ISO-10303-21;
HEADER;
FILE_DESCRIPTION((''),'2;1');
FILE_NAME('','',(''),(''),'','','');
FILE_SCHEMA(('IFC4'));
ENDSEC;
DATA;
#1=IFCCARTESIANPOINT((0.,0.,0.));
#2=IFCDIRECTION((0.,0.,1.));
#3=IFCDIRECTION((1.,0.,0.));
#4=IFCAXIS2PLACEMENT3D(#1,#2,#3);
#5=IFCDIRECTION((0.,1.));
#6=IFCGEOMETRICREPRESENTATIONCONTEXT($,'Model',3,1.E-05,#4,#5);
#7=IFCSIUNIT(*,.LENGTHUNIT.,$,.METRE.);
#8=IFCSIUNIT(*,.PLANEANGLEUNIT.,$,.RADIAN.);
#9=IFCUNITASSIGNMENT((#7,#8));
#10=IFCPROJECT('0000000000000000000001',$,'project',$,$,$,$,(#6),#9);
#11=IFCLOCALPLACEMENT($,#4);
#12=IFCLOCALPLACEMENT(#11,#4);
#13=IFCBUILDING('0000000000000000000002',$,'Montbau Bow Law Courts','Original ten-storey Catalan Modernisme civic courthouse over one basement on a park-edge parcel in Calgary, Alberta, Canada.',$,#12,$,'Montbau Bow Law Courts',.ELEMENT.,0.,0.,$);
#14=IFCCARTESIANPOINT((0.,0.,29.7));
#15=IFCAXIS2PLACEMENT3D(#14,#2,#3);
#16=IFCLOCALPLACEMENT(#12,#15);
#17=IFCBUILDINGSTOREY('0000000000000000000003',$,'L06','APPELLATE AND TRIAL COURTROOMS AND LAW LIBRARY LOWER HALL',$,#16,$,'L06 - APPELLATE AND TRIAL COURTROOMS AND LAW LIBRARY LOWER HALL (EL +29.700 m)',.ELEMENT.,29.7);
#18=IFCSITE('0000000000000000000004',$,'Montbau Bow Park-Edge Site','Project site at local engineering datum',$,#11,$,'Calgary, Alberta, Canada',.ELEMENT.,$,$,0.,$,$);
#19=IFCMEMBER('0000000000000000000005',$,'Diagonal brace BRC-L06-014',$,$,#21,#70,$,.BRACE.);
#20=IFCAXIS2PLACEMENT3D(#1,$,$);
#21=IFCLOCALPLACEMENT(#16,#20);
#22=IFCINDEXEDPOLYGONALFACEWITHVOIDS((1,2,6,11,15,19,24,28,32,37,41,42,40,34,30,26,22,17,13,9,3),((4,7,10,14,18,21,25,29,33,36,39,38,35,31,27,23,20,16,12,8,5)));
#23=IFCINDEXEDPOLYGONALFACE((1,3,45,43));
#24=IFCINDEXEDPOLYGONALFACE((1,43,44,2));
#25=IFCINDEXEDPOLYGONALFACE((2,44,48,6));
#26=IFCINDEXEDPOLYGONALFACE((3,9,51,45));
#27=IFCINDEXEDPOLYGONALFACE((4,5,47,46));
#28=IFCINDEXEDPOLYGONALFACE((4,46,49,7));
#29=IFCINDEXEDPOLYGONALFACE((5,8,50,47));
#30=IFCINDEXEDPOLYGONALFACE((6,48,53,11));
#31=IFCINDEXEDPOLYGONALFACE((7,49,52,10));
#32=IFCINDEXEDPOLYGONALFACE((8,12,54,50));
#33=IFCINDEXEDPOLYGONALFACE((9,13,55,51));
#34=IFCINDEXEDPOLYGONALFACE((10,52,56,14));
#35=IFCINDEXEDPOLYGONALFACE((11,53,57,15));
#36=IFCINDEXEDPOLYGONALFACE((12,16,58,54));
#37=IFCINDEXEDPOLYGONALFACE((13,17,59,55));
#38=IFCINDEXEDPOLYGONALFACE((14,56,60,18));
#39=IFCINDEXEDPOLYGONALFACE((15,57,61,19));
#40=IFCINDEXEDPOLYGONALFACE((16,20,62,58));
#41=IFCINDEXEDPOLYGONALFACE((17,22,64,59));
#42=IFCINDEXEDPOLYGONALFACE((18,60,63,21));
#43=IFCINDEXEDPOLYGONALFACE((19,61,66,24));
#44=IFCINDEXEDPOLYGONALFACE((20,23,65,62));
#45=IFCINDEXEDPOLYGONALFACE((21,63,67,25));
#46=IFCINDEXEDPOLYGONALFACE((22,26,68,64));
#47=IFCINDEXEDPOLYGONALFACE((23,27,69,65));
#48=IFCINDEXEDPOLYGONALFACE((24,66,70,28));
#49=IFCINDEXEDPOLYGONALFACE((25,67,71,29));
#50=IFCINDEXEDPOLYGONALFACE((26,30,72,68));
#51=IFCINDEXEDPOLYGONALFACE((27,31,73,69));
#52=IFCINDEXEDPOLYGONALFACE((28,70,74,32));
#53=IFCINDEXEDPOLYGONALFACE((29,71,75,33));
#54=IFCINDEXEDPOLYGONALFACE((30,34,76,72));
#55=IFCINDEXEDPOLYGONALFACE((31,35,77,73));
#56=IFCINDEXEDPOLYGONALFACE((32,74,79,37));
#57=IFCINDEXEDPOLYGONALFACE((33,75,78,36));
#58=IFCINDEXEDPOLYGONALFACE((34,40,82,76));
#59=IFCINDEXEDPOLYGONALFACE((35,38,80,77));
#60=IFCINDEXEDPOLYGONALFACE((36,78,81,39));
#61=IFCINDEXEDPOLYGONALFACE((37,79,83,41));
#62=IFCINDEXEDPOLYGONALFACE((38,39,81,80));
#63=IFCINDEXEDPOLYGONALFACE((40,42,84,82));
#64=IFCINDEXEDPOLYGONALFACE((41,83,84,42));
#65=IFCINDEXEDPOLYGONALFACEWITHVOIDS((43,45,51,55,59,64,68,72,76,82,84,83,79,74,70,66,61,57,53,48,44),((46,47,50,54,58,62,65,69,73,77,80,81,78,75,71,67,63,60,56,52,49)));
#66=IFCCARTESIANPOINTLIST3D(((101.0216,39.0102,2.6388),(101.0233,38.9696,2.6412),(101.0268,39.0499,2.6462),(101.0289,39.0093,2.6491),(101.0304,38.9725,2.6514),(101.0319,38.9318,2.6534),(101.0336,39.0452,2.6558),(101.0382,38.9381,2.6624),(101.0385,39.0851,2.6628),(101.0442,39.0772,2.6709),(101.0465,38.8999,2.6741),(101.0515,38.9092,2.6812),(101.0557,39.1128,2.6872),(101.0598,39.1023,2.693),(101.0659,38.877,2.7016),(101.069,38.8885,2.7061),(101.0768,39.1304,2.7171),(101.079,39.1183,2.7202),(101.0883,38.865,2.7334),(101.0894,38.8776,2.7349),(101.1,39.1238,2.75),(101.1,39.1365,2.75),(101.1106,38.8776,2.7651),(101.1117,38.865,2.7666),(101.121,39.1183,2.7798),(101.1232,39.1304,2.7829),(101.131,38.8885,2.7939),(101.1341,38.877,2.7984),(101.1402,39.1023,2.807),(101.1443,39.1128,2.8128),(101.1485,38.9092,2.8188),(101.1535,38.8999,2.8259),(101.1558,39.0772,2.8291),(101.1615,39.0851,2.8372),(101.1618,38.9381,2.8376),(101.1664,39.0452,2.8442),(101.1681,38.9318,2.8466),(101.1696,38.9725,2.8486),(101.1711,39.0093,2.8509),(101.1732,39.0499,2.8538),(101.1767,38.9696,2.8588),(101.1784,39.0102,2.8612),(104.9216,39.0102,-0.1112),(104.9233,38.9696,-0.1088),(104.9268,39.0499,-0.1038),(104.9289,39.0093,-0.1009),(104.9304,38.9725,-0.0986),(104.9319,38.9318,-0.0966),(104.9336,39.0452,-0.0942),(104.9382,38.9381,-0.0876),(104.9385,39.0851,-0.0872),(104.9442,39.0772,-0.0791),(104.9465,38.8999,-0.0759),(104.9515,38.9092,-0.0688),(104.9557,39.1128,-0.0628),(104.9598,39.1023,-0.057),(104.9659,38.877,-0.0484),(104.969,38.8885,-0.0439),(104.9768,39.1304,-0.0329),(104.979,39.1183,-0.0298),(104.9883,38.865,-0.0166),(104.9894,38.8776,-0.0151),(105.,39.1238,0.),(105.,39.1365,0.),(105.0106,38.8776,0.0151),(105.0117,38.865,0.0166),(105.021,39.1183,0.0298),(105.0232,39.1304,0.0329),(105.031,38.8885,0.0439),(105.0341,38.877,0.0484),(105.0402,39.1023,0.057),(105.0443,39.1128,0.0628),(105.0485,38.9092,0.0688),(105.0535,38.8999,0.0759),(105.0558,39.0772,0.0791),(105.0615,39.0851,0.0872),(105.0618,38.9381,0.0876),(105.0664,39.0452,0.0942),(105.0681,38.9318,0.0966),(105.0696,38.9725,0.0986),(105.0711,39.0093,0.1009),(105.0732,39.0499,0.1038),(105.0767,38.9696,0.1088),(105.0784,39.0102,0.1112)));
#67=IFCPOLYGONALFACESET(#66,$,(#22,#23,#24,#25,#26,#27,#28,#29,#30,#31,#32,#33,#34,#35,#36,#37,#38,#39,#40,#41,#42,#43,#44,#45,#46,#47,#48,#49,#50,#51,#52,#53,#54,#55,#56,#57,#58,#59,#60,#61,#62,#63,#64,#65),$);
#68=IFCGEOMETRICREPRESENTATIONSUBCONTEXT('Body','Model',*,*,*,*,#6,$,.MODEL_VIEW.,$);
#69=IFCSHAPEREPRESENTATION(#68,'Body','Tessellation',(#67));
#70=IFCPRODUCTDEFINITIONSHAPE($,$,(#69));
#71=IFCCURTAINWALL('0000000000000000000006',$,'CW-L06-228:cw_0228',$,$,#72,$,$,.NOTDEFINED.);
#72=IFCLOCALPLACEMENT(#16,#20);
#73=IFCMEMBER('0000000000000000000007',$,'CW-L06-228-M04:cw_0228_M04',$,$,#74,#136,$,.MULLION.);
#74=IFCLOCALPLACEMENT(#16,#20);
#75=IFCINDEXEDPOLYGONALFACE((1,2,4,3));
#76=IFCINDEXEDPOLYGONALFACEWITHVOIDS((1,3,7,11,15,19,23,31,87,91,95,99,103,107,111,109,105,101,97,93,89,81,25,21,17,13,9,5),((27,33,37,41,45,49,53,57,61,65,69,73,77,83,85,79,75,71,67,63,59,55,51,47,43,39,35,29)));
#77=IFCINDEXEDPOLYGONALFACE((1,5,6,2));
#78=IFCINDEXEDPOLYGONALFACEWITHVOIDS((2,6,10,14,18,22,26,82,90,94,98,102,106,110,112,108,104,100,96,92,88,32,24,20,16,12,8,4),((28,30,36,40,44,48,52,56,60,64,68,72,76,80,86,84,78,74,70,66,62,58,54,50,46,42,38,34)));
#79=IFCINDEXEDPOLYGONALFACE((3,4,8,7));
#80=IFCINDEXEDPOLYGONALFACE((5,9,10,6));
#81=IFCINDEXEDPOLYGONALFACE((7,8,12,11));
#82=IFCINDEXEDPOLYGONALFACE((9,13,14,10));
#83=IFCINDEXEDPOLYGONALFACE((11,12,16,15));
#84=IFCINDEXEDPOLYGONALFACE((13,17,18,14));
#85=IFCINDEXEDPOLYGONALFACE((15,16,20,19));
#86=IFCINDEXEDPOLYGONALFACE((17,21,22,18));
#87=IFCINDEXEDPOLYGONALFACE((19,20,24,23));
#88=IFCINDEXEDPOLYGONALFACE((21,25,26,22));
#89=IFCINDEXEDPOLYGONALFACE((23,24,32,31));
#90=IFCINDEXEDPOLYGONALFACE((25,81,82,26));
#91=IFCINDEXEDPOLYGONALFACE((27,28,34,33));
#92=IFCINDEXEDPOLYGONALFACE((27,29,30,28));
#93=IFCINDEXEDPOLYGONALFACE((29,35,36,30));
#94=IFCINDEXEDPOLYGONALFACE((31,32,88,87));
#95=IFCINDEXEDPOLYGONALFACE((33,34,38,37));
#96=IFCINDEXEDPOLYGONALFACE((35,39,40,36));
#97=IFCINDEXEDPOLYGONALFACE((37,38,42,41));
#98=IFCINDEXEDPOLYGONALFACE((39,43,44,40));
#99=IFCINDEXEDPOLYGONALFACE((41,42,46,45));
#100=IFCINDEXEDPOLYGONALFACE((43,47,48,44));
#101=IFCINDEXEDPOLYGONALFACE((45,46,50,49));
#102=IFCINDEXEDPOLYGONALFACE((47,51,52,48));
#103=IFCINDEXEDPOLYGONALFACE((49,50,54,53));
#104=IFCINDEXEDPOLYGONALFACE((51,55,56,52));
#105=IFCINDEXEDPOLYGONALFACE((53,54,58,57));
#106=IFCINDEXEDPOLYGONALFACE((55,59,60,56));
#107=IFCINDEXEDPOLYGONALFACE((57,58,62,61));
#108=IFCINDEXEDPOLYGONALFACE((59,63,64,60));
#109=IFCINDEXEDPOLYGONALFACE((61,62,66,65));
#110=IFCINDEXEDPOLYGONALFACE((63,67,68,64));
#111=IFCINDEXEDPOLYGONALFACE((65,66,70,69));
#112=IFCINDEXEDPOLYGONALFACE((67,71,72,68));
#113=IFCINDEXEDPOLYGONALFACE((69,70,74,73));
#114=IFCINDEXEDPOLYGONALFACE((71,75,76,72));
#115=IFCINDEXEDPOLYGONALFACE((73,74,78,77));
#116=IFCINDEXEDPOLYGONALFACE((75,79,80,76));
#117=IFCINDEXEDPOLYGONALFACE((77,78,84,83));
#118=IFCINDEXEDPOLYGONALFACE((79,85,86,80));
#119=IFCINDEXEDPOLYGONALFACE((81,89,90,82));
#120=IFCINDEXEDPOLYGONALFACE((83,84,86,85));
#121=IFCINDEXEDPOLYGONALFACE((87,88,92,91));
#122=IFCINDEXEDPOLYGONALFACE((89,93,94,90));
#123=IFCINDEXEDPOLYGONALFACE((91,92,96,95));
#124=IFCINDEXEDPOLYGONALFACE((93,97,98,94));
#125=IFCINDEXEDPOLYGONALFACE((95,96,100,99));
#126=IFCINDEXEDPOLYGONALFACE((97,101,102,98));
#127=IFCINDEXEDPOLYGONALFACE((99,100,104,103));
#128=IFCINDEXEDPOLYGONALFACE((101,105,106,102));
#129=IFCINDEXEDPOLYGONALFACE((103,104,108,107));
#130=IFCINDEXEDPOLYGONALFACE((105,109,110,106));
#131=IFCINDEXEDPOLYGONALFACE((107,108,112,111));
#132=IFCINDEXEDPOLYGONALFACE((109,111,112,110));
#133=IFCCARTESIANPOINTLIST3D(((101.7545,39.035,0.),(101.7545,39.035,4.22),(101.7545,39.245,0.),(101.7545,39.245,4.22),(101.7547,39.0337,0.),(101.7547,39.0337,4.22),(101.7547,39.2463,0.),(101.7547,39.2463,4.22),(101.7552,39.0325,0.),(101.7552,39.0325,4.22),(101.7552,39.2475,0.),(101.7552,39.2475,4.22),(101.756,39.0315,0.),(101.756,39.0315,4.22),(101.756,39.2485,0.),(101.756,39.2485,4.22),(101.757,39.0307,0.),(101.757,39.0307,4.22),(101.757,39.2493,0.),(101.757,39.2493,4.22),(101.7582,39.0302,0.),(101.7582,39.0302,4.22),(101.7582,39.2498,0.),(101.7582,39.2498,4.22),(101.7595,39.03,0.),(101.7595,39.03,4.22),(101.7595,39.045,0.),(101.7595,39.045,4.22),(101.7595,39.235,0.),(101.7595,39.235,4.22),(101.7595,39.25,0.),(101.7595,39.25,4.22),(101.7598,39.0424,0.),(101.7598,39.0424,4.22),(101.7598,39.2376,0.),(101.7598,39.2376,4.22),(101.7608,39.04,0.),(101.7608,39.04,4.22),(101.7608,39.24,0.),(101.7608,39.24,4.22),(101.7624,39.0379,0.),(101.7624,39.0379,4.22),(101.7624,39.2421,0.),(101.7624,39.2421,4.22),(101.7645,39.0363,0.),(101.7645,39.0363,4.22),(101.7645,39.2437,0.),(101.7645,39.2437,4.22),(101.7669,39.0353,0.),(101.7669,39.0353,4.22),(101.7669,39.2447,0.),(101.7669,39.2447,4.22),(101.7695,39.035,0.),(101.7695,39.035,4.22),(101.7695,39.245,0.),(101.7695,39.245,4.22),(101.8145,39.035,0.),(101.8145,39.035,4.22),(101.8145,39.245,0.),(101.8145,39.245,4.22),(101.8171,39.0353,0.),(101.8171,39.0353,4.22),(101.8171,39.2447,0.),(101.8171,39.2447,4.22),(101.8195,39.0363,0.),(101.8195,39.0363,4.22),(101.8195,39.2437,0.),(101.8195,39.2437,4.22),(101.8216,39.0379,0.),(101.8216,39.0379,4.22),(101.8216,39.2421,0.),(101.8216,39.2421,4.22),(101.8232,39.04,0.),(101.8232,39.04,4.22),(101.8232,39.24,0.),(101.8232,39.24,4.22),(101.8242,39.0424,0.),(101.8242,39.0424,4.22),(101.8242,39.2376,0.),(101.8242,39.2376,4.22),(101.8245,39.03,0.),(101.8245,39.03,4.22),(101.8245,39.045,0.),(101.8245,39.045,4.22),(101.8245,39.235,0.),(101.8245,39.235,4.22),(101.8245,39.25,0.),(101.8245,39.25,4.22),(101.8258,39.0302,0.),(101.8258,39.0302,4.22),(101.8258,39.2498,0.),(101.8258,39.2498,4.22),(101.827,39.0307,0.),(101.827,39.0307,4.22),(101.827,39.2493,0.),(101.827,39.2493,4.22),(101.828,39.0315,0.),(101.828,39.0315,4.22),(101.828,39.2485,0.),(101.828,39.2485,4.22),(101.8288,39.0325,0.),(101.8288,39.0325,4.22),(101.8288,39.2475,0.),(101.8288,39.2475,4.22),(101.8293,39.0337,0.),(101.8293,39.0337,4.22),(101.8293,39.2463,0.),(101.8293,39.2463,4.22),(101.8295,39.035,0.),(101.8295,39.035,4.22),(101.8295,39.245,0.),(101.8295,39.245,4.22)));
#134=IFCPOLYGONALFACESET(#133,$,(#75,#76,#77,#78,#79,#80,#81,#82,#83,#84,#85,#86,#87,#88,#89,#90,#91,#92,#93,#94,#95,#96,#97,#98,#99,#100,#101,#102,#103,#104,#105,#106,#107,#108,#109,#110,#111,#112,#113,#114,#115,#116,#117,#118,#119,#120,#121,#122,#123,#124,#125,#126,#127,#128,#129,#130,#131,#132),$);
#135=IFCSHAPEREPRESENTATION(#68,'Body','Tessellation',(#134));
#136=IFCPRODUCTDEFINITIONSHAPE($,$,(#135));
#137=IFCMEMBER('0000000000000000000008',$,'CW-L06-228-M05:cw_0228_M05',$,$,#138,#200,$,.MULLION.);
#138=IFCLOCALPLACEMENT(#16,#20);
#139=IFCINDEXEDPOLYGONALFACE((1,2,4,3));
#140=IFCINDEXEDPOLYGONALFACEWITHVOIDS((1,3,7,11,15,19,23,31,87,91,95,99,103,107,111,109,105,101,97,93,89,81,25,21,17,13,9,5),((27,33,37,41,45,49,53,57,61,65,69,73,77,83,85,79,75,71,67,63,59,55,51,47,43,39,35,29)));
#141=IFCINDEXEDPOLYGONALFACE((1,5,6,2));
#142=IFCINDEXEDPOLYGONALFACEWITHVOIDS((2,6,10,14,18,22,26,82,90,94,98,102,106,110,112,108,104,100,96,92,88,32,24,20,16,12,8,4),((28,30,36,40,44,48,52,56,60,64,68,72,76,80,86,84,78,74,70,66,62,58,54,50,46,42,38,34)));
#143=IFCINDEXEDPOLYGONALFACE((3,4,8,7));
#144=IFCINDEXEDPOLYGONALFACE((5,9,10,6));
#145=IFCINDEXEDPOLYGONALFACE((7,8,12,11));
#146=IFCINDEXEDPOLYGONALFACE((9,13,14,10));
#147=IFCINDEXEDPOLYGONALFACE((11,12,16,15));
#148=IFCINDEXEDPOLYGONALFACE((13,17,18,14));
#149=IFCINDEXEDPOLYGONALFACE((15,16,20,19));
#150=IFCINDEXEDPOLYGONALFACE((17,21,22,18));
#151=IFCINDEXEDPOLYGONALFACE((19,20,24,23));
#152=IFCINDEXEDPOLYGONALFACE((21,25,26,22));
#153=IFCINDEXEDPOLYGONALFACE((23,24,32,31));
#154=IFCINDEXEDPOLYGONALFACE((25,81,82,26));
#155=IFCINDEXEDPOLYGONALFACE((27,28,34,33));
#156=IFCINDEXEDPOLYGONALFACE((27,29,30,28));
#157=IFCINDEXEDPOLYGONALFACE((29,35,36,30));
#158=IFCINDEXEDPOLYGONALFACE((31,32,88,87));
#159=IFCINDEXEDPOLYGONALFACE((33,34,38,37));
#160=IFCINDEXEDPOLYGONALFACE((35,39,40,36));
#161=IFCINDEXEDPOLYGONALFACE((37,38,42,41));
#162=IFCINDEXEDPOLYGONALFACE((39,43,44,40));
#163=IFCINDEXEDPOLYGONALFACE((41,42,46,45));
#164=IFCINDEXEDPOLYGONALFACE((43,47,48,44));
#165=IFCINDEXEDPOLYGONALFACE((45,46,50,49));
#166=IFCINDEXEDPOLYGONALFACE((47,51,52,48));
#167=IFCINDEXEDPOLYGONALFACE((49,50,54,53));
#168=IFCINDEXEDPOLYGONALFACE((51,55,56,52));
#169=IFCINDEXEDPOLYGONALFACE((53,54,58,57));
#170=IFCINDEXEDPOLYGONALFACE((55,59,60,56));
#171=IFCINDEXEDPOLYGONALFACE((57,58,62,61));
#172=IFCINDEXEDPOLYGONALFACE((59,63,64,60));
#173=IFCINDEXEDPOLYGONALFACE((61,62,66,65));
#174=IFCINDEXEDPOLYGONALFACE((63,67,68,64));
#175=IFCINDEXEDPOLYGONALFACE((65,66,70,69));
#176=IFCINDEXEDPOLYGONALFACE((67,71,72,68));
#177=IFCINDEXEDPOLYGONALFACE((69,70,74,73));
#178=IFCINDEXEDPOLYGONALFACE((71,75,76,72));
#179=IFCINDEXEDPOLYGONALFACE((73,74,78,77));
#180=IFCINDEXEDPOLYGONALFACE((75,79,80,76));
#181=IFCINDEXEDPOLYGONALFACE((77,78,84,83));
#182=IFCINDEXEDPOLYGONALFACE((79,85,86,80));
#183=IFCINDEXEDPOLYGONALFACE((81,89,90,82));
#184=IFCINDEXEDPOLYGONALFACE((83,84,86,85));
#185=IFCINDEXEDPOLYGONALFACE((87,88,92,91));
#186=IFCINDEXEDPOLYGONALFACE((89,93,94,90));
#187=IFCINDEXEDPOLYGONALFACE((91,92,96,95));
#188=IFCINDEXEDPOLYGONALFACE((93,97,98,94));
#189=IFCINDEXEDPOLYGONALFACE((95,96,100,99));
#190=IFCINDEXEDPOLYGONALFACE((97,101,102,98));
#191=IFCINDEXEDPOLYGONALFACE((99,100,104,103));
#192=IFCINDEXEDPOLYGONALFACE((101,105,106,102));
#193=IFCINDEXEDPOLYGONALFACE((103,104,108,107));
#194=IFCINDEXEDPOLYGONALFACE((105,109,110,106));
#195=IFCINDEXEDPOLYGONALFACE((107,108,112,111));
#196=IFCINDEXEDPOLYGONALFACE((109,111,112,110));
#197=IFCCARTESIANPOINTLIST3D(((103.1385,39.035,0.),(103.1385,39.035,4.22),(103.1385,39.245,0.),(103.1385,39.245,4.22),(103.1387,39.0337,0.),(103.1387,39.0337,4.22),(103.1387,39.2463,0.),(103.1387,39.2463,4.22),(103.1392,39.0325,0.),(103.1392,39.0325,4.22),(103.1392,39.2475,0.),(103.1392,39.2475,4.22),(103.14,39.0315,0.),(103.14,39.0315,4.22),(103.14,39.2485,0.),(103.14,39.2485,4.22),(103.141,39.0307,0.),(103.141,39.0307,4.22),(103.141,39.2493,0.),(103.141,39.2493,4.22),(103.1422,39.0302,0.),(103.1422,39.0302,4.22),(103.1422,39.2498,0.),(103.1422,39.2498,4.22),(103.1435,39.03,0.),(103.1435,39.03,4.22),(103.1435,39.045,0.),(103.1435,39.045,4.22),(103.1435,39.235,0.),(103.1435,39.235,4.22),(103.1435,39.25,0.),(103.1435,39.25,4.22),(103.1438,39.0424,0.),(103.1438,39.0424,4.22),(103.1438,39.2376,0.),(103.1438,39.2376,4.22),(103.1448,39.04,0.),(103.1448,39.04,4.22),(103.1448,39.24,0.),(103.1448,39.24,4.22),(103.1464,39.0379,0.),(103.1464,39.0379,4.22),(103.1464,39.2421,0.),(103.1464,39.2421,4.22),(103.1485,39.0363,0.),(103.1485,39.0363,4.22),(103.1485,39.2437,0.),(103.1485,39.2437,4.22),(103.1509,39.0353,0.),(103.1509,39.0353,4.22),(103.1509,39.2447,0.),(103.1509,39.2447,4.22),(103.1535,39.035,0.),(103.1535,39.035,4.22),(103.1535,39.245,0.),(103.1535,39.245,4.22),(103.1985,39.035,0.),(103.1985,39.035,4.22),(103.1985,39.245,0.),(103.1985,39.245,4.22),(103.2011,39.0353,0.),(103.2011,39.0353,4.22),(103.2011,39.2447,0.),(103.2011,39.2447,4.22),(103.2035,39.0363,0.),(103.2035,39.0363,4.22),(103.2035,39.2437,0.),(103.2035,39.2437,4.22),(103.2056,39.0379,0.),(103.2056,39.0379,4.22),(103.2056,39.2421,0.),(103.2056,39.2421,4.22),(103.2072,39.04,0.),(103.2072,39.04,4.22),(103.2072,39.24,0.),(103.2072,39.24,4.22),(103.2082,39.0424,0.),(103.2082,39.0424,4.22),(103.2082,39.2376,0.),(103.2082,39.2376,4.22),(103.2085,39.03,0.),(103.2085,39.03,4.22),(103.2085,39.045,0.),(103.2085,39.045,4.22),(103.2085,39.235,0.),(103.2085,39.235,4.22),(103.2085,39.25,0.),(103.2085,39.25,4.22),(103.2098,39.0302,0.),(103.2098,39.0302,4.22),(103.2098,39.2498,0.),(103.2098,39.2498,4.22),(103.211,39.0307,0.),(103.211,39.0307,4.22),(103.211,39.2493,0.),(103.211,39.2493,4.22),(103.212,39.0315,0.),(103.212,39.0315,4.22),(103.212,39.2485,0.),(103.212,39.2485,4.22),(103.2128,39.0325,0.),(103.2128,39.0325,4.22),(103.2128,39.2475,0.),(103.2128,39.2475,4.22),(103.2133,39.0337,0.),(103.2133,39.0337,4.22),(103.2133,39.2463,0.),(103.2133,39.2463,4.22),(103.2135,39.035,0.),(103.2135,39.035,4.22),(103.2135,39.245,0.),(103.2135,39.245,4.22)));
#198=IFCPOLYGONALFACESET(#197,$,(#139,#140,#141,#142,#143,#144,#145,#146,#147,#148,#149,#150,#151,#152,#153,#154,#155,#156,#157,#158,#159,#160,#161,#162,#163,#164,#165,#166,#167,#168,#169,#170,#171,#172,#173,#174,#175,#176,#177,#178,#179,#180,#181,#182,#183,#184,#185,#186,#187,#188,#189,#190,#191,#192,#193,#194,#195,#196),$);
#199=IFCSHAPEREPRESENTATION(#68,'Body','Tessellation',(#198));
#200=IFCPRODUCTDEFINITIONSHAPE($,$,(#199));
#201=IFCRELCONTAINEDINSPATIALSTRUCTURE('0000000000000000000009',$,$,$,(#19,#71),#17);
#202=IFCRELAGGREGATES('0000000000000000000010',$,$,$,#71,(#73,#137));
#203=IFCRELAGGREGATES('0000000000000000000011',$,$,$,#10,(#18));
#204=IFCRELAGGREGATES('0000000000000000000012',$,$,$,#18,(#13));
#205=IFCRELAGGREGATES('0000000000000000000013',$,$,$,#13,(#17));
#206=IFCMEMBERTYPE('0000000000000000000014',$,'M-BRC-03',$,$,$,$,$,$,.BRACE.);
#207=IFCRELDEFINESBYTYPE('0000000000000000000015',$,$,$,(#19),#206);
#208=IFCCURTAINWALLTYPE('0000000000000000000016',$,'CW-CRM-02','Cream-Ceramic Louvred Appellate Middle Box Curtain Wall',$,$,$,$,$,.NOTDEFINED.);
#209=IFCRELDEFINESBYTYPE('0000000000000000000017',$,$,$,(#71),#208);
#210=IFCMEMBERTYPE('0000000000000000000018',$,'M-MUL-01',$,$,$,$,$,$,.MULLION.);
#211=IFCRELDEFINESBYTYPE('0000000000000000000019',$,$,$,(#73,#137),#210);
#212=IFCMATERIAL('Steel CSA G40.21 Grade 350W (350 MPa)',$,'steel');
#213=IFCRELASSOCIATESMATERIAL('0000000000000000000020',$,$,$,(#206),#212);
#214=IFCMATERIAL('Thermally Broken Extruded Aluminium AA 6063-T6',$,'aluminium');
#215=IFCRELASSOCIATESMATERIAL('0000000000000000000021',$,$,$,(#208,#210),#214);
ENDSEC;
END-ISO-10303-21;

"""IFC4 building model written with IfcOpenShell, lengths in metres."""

from ifc_helpers import new_model, si_unit, direction, frame, origin_with_axes, origin_2d_with_axis, place, context, subcontext, project, spatial, hollow_rectangle, hollow_circle, extrude, material, material_profile, profile_set, type_object, element, aggregate, save


model = new_model("IFC4")

# Units and contexts
model_context = context("Model", 3, precision=1e-05, world=origin_with_axes(), true_north=direction((0.0, 1.0)))
body_context = subcontext(model_context, "Body", "Model", "MODEL_VIEW")
ifc_project = project(units=[si_unit("LENGTHUNIT", "METRE"), si_unit("PLANEANGLEUNIT", "RADIAN")], contexts=[model_context])

# Site, building, storey
site_placement = place(None, origin_with_axes())
site = spatial("IfcSite", under=ifc_project, at=site_placement, Name="Montbau Bow Park-Edge Site", Description="Project site at local engineering datum", LongName="Calgary, Alberta, Canada", CompositionType="ELEMENT", RefElevation=0.0)
building_placement = place(site_placement, origin_with_axes())
building = spatial("IfcBuilding", under=site, at=building_placement, Name="Montbau Bow Law Courts", Description="Original ten-storey Catalan Modernisme civic courthouse over one basement on a park-edge parcel in Calgary, Alberta, Canada.", LongName="Montbau Bow Law Courts", CompositionType="ELEMENT", ElevationOfRefHeight=0.0, ElevationOfTerrain=0.0)
storey_placement = place(building_placement, frame((0.0, 0.0, 29.7), z_axis=(0.0, 0.0, 1.0), x_axis=(1.0, 0.0, 0.0)))
storey = spatial("IfcBuildingStorey", under=building, at=storey_placement, Name="L06", Description="APPELLATE AND TRIAL COURTROOMS AND LAW LIBRARY LOWER HALL", LongName="L06 - APPELLATE AND TRIAL COURTROOMS AND LAW LIBRARY LOWER HALL (EL +29.700 m)", CompositionType="ELEMENT", Elevation=29.7)

# Member
ifc_material_1 = material(Name="Steel CSA G40.21 Grade 350W (350 MPa)", Category="steel")
ifc_material_profile_1 = material_profile(ifc_material_1, hollow_circle(Radius=0.1365, WallThickness=0.0127, at=origin_2d_with_axis()), Name="HSS273X13", Category="Main", Priority=0)
ifc_profile_set_1 = profile_set([ifc_material_profile_1], Name="Steel CSA G40.21 Grade 350W (350 MPa)")
member_type_1 = type_object("IfcMemberType", Name="M-BRC-03", PredefinedType="BRACE", material=ifc_profile_set_1)
member_1_placement = place(None, frame((101.1, 39.0, 32.45), z_axis=(0.817258, 0.0, -0.576272), x_axis=(0.0, 1.0, 0.0)))
element("IfcMember", 1, at=member_1_placement, inside=storey, type_object=member_type_1, Name="Diagonal brace BRC-L06-014", PredefinedType="BRACE", context=body_context, shape_type="SweptSolid", body=[
    extrude(hollow_circle(Radius=0.1365, WallThickness=0.0127, at=origin_2d_with_axis()), origin_with_axes(), (0.0, 0.0, 1.0), 4.7721),
])

# Curtain wall, members
ifc_material_2 = material(Name="Thermally Broken Extruded Aluminium AA 6063-T6", Category="aluminium")
curtain_wall_type = type_object("IfcCurtainWallType", Name="CW-CRM-02", Description="Cream-Ceramic Louvred Appellate Middle Box Curtain Wall", PredefinedType="NOTDEFINED", material=ifc_material_2)
curtain_wall_placement = place(None, frame((97.64, 39.14, 29.7), z_axis=(0.0, 0.0, 1.0), x_axis=(1.0, 0.0, 0.0)))
curtain_wall = element("IfcCurtainWall", 2, at=curtain_wall_placement, inside=storey, type_object=curtain_wall_type, Name="CW-L06-228:cw_0228", PredefinedType="NOTDEFINED")
ifc_material_profile_2 = material_profile(ifc_material_2, hollow_rectangle(XDim=0.075, YDim=0.22, WallThickness=0.005, InnerFilletRadius=0.01, OuterFilletRadius=0.005, at=origin_2d_with_axis()), Name="CWM-220X75", Category="Main", Priority=0)
ifc_profile_set_2 = profile_set([ifc_material_profile_2], Name="Thermally Broken Extruded Aluminium AA 6063-T6")
member_type_2 = type_object("IfcMemberType", Name="M-MUL-01", PredefinedType="MULLION", material=ifc_profile_set_2)
member_2_placement = place(None, frame((101.792, 39.14, 29.7), z_axis=(0.0, 0.0, 1.0), x_axis=(1.0, 0.0, 0.0)))
member_2 = element("IfcMember", 3, at=member_2_placement, type_object=member_type_2, Name="CW-L06-228-M04:cw_0228_M04", PredefinedType="MULLION", context=body_context, shape_type="SweptSolid", body=[
    extrude(hollow_rectangle(XDim=0.075, YDim=0.22, WallThickness=0.005, InnerFilletRadius=0.01, OuterFilletRadius=0.005, at=origin_2d_with_axis()), origin_with_axes(), (0.0, 0.0, 1.0), 4.22),
])
member_3_placement = place(None, frame((103.176, 39.14, 29.7), z_axis=(0.0, 0.0, 1.0), x_axis=(1.0, 0.0, 0.0)))
member_3 = element("IfcMember", 4, at=member_3_placement, type_object=member_type_2, Name="CW-L06-228-M05:cw_0228_M05", PredefinedType="MULLION", context=body_context, shape_type="SweptSolid", body=[
    extrude(hollow_rectangle(XDim=0.075, YDim=0.22, WallThickness=0.005, InnerFilletRadius=0.01, OuterFilletRadius=0.005, at=origin_2d_with_axis()), origin_with_axes(), (0.0, 0.0, 1.0), 4.22),
])

aggregate(curtain_wall, [member_2, member_3])

save(model, "model.ifc")
